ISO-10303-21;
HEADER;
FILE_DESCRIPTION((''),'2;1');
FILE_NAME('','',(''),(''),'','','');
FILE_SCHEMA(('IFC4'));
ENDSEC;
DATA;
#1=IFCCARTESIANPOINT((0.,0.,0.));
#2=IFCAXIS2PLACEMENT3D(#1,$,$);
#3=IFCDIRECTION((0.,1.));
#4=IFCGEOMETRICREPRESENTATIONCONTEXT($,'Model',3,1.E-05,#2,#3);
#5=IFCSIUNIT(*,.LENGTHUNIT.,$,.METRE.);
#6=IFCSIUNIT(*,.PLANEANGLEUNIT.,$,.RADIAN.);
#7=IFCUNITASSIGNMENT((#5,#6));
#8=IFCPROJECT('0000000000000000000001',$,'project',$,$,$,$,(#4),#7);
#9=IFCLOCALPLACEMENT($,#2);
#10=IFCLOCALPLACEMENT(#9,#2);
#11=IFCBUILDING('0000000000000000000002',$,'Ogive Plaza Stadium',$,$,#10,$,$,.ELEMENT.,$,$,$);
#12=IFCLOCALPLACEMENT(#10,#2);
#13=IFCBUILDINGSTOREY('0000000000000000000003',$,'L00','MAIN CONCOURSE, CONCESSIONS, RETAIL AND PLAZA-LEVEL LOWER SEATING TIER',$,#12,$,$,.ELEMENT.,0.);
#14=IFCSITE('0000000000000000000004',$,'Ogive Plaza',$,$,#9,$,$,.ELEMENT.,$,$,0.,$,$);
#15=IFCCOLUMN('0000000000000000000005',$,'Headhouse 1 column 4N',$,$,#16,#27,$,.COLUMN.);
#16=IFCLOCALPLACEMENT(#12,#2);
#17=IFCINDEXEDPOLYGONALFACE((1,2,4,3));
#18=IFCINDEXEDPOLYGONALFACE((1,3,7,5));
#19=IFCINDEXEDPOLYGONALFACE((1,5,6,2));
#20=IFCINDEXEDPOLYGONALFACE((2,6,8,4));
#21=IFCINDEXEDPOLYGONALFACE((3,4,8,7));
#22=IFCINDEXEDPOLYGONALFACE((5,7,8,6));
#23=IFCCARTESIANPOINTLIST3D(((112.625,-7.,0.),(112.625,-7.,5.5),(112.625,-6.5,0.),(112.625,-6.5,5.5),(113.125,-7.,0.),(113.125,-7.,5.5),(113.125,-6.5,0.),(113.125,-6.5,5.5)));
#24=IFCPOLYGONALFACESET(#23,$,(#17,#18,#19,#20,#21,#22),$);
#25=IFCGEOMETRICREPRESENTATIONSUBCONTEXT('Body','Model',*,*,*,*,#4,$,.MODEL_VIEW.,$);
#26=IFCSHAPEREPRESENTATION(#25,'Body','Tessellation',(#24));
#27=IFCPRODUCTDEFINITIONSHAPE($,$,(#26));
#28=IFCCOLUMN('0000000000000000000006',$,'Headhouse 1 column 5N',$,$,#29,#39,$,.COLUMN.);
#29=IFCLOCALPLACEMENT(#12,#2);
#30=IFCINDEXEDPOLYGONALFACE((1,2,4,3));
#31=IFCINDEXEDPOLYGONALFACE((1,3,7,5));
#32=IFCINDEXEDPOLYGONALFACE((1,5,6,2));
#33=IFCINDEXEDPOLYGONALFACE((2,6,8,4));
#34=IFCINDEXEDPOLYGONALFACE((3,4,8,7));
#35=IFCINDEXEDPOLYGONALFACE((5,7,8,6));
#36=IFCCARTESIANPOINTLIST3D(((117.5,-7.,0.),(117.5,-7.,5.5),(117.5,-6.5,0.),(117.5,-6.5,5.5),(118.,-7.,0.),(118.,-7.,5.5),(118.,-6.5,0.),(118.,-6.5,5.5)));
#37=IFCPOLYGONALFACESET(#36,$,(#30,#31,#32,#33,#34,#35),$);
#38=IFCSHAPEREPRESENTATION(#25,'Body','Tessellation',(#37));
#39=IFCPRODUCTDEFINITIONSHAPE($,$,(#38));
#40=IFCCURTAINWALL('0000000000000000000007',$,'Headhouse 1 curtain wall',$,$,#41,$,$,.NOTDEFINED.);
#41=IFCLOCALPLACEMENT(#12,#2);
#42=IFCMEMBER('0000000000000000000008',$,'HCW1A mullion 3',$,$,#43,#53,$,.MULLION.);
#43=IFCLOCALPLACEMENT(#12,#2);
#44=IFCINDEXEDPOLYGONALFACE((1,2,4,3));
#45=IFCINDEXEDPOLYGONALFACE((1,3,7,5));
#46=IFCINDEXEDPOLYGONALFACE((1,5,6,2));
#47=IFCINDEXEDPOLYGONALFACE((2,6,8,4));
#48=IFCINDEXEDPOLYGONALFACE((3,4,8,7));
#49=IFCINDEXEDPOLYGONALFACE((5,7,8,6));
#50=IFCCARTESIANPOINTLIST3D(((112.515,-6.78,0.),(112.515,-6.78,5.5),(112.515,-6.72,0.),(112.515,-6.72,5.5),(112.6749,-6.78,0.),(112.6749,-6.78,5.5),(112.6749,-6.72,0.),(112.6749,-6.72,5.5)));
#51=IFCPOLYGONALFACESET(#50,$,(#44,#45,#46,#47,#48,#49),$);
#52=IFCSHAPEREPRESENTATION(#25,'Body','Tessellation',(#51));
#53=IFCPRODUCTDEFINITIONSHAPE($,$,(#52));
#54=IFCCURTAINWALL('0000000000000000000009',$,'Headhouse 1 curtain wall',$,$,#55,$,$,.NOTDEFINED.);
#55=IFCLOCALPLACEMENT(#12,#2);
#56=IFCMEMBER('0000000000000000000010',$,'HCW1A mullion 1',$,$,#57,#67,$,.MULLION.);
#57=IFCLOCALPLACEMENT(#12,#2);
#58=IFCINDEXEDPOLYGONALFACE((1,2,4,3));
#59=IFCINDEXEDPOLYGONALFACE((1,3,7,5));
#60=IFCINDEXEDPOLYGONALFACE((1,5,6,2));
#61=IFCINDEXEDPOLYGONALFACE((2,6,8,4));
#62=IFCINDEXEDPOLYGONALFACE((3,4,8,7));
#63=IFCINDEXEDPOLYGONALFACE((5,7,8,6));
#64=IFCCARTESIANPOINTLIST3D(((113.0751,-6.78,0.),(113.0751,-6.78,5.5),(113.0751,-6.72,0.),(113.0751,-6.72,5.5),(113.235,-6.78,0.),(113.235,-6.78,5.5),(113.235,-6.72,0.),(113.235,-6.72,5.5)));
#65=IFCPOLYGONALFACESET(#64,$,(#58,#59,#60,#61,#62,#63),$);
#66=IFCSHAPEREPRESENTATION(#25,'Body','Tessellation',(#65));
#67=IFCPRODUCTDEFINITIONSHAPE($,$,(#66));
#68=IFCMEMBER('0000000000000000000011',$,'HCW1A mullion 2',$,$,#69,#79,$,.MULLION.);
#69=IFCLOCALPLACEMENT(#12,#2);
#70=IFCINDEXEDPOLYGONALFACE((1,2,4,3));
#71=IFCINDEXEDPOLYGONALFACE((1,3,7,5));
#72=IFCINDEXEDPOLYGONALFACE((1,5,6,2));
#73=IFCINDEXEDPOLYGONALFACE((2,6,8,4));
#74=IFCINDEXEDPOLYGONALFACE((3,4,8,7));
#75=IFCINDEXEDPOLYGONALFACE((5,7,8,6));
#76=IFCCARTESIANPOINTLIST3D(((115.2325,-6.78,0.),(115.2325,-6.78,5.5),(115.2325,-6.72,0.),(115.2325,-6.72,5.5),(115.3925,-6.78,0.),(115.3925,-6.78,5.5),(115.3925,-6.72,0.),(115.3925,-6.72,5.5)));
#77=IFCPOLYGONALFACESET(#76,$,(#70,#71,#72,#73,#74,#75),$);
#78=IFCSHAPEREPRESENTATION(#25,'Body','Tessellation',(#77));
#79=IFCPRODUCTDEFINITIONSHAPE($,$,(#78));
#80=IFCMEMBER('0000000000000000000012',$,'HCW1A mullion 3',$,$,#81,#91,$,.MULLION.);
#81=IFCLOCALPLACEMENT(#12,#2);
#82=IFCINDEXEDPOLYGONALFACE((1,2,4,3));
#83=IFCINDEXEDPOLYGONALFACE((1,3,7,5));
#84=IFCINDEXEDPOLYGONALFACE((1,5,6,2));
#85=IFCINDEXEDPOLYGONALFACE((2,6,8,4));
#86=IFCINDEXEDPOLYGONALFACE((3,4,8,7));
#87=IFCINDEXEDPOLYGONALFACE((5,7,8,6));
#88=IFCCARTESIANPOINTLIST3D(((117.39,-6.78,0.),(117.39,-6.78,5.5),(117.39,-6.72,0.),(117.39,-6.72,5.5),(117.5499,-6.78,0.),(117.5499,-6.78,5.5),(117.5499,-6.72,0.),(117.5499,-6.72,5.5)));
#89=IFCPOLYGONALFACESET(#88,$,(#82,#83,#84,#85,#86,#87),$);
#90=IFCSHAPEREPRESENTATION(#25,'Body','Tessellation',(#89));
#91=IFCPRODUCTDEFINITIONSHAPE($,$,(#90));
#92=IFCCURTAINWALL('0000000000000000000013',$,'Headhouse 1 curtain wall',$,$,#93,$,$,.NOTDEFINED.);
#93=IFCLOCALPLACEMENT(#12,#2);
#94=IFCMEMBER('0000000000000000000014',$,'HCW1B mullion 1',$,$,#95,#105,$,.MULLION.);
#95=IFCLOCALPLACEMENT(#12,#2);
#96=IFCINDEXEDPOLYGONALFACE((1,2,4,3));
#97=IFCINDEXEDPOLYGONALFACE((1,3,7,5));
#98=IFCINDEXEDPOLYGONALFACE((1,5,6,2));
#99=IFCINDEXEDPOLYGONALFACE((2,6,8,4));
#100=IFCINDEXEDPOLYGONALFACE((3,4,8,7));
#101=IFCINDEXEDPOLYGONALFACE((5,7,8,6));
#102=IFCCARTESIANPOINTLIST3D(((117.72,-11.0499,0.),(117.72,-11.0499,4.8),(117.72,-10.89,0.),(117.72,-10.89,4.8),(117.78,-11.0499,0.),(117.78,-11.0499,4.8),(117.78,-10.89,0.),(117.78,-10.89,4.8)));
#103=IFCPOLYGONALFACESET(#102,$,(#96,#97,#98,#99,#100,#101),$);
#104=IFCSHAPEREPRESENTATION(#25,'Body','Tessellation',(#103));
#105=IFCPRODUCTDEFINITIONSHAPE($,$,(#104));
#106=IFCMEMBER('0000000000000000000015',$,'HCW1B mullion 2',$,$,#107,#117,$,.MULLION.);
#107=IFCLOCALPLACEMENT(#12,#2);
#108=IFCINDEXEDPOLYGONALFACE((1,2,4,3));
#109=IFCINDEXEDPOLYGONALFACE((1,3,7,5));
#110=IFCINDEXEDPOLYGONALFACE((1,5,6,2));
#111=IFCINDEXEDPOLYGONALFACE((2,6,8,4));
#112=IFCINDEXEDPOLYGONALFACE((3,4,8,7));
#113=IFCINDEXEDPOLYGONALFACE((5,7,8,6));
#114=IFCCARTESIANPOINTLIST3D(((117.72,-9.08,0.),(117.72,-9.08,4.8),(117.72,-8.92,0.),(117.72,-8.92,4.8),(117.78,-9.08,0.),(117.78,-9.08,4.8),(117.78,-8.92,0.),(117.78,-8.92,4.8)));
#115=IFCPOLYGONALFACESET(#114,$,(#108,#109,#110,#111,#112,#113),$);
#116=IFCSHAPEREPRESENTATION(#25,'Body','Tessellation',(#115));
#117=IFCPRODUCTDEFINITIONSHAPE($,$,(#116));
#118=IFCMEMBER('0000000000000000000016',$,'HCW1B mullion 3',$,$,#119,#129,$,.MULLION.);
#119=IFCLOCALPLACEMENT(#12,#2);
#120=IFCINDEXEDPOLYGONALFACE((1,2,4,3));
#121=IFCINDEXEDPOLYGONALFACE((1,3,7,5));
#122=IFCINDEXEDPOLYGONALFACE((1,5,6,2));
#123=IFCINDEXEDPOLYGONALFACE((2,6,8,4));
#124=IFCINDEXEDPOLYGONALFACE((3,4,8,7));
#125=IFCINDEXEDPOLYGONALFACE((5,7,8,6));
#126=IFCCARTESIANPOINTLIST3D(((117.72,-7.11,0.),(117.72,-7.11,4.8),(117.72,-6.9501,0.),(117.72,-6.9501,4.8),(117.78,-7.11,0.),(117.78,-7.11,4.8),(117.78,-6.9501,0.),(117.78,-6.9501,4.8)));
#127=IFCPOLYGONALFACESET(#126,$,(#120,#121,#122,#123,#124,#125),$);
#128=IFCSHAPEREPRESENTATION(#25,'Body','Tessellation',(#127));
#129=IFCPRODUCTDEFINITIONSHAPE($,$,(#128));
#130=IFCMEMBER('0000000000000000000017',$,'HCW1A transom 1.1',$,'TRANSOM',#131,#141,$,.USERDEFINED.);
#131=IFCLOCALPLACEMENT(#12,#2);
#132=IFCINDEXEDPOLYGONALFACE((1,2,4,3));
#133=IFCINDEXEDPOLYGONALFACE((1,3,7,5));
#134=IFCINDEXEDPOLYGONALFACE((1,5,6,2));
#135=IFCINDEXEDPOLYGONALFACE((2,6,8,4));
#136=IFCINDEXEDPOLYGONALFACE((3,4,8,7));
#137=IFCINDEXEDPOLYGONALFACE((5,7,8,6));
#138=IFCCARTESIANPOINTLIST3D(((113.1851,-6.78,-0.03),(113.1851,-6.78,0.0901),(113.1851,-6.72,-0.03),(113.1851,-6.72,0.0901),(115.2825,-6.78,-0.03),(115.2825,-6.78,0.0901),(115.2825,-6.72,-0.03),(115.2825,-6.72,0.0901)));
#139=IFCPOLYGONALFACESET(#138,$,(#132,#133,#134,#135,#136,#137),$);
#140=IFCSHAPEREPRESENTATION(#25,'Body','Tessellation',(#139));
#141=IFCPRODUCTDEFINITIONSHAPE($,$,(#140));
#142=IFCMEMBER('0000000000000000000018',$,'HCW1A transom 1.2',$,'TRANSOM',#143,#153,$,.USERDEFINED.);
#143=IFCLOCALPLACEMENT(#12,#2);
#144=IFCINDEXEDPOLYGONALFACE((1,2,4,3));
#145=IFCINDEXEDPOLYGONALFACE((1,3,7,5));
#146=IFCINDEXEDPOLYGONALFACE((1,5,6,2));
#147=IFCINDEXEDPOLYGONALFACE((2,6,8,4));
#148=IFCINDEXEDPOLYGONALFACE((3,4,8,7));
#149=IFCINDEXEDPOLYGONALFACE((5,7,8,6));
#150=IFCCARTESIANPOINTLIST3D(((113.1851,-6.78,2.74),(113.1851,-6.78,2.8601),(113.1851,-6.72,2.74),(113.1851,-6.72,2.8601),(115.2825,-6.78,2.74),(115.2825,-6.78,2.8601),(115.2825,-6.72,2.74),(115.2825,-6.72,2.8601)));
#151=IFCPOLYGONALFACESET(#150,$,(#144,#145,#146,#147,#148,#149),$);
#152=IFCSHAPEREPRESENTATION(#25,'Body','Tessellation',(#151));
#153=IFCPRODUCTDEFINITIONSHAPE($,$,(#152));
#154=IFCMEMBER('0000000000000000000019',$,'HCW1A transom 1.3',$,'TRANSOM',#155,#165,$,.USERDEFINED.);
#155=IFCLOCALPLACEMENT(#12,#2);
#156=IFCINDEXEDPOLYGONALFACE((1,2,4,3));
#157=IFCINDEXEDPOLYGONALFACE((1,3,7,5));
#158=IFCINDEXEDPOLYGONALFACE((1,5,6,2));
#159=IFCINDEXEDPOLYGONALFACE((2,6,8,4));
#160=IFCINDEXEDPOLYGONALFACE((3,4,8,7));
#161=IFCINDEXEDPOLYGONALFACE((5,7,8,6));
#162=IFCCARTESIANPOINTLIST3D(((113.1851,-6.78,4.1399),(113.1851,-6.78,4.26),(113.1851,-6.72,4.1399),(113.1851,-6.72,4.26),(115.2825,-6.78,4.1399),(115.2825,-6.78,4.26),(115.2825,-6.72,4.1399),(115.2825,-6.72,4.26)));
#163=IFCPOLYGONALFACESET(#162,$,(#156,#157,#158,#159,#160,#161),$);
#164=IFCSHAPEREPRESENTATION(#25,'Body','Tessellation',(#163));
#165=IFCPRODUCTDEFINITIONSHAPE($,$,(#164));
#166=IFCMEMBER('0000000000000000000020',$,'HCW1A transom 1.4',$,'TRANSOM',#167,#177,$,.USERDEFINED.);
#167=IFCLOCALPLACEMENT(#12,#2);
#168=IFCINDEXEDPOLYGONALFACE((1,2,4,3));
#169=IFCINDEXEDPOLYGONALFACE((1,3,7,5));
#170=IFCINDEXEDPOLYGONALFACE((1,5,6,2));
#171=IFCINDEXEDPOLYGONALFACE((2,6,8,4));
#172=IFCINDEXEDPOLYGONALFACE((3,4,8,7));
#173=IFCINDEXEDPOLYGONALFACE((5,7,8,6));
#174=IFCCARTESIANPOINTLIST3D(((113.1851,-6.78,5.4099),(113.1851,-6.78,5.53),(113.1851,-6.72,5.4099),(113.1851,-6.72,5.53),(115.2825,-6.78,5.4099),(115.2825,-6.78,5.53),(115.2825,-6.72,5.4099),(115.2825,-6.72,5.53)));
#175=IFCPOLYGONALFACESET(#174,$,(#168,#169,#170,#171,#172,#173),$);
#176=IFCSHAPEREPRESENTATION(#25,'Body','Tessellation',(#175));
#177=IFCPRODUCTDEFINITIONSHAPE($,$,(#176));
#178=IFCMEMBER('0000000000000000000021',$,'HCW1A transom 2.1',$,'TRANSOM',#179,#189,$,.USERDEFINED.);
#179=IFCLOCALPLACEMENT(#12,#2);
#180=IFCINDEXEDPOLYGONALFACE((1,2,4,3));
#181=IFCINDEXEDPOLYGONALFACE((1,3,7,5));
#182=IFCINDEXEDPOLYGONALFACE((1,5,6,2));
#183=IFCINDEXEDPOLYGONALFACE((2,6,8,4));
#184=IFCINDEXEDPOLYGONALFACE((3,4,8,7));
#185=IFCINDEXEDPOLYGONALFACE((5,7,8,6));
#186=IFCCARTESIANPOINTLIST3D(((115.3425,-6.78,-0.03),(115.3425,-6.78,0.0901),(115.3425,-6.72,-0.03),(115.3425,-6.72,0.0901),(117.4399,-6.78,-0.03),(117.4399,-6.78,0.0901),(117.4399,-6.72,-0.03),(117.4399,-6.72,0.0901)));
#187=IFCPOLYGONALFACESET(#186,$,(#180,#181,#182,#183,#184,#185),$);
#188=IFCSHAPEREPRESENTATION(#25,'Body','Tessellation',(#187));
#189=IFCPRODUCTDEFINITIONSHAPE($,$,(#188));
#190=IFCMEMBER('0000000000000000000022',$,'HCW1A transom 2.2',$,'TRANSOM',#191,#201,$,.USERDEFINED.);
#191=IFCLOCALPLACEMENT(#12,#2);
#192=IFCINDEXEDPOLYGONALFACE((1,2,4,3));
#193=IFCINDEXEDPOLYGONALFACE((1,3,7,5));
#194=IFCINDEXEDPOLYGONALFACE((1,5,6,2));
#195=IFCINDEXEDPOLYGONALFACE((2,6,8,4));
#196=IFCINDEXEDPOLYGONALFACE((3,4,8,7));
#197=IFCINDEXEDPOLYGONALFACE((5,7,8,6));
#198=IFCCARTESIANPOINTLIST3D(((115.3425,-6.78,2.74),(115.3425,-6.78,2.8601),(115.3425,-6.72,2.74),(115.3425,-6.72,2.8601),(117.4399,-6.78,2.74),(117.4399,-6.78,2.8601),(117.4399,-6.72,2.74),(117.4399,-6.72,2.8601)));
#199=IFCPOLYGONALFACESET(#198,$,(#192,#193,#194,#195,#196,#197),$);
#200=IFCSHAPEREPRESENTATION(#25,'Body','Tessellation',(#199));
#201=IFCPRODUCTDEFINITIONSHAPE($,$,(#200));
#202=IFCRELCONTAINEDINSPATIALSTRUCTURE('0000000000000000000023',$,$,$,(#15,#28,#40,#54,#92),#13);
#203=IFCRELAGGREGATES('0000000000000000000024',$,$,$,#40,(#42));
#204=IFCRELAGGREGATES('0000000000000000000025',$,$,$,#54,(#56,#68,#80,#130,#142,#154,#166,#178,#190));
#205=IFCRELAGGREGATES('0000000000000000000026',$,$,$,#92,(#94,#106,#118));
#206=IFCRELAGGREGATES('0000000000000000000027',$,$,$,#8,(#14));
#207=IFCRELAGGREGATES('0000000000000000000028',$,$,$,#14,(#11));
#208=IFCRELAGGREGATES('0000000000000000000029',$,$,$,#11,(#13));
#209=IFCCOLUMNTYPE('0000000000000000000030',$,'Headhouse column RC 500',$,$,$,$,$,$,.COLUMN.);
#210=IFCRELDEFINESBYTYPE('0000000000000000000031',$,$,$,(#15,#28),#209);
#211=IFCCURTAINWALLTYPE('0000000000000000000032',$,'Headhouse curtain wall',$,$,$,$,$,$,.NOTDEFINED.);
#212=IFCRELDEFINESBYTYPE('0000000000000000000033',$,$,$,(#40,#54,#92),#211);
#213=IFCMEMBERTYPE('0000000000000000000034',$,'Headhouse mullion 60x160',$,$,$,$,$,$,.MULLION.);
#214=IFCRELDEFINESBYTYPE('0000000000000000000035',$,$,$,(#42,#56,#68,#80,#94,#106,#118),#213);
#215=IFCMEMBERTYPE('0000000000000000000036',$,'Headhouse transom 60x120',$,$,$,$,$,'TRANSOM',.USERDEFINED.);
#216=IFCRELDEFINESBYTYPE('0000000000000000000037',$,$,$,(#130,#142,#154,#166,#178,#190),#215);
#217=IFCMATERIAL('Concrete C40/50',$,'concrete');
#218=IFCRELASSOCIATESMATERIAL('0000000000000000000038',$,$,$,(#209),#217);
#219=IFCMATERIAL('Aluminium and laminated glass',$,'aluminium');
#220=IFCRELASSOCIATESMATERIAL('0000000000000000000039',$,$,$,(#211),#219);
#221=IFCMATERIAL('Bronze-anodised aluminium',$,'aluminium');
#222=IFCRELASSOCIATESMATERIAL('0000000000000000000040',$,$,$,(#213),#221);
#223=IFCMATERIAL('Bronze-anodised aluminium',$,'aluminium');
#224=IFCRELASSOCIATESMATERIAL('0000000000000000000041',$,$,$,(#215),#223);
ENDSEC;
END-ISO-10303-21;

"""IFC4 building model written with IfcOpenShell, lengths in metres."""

from ifc_helpers import new_model, si_unit, direction, frame, origin, origin_2d, place, context, subcontext, project, spatial, rectangle, extrude, material, material_profile, profile_set, type_object, element, aggregate, save


model = new_model("IFC4")

# Units and contexts
model_context = context("Model", 3, precision=1e-05, world=origin(), true_north=direction((0.0, 1.0)))
body_context = subcontext(model_context, "Body", "Model", "MODEL_VIEW")
ifc_project = project(units=[si_unit("LENGTHUNIT", "METRE"), si_unit("PLANEANGLEUNIT", "RADIAN")], contexts=[model_context])

# Site, building, storey
site_placement = place(None, origin())
site = spatial("IfcSite", under=ifc_project, at=site_placement, Name="Ogive Plaza", CompositionType="ELEMENT", RefElevation=0.0)
building_placement = place(site_placement, origin())
building = spatial("IfcBuilding", under=site, at=building_placement, Name="Ogive Plaza Stadium", CompositionType="ELEMENT")
storey_placement = place(building_placement, origin())
storey = spatial("IfcBuildingStorey", under=building, at=storey_placement, Name="L00", Description="MAIN CONCOURSE, CONCESSIONS, RETAIL AND PLAZA-LEVEL LOWER SEATING TIER", CompositionType="ELEMENT", Elevation=0.0)

# Columns
ifc_material_1 = material(Name="Concrete C40/50", Category="concrete")
ifc_material_profile_1 = material_profile(ifc_material_1, rectangle(XDim=0.5, YDim=0.5, at=origin_2d()), Name="Headhouse column RC 500")
ifc_profile_set_1 = profile_set([ifc_material_profile_1], Name="Concrete C40/50")
column_type = type_object("IfcColumnType", Name="Headhouse column RC 500", PredefinedType="COLUMN", material=ifc_profile_set_1)
for number, where, z_axis, x_axis, name in (
    (1, (112.875, -6.75, 0.0), (0.0, 0.0, 1.0), (1.0, 0.0, 0.0), "Headhouse 1 column 4N"),
    (2, (117.75, -6.75, 0.0), (0.0, 0.0, 1.0), (1.0, 0.0, 0.0), "Headhouse 1 column 5N"),
):
    element("IfcColumn", number, at=place(storey_placement, frame(where, z_axis=z_axis, x_axis=x_axis)), inside=storey, type_object=column_type, Name=name, PredefinedType="COLUMN", context=body_context, shape_type="SweptSolid", body=[
        extrude(rectangle(XDim=0.5, YDim=0.5, at=origin_2d()), origin(), (0.0, 0.0, 1.0), 5.5),
    ])

# Curtain wall, member
ifc_material_2 = material(Name="Aluminium and laminated glass", Category="aluminium")
curtain_wall_type = type_object("IfcCurtainWallType", Name="Headhouse curtain wall", PredefinedType="NOTDEFINED", material=ifc_material_2)
curtain_wall_1_placement = place(storey_placement, origin())
curtain_wall_1 = element("IfcCurtainWall", 3, at=curtain_wall_1_placement, inside=storey, type_object=curtain_wall_type, Name="Headhouse 1 curtain wall", PredefinedType="NOTDEFINED")
ifc_material_3 = material(Name="Bronze-anodised aluminium", Category="aluminium")
ifc_material_profile_2 = material_profile(ifc_material_3, rectangle(XDim=0.0601, YDim=0.1599, at=origin_2d()), Name="Headhouse mullion 60x160")
ifc_profile_set_2 = profile_set([ifc_material_profile_2], Name="Bronze-anodised aluminium")
member_type_1 = type_object("IfcMemberType", Name="Headhouse mullion 60x160", PredefinedType="MULLION", material=ifc_profile_set_2)
member_1_placement = place(storey_placement, frame((112.595, -6.75, 0.0), z_axis=(0.0, 0.0, 1.0), x_axis=(0.0, 1.0, 0.0)))
member_1 = element("IfcMember", 4, at=member_1_placement, type_object=member_type_1, Name="HCW1A mullion 3", PredefinedType="MULLION", context=body_context, shape_type="SweptSolid", body=[
    extrude(rectangle(XDim=0.0601, YDim=0.1599, at=origin_2d()), origin(), (0.0, 0.0, 1.0), 5.5),
])

# Curtain walls, members
curtain_wall_2_placement = place(storey_placement, origin())
curtain_wall_2 = element("IfcCurtainWall", 5, at=curtain_wall_2_placement, inside=storey, type_object=curtain_wall_type, Name="Headhouse 1 curtain wall", PredefinedType="NOTDEFINED")
member_2_placement = place(storey_placement, frame((113.155, -6.75, 0.0), z_axis=(0.0, 0.0, 1.0), x_axis=(0.0, 1.0, 0.0)))
member_2 = element("IfcMember", 6, at=member_2_placement, type_object=member_type_1, Name="HCW1A mullion 1", PredefinedType="MULLION", context=body_context, shape_type="SweptSolid", body=[
    extrude(rectangle(XDim=0.0601, YDim=0.1599, at=origin_2d()), origin(), (0.0, 0.0, 1.0), 5.5),
])
member_3_placement = place(storey_placement, frame((115.3125, -6.75, 0.0), z_axis=(0.0, 0.0, 1.0), x_axis=(0.0, 1.0, 0.0)))
member_3 = element("IfcMember", 7, at=member_3_placement, type_object=member_type_1, Name="HCW1A mullion 2", PredefinedType="MULLION", context=body_context, shape_type="SweptSolid", body=[
    extrude(rectangle(XDim=0.0601, YDim=0.1599, at=origin_2d()), origin(), (0.0, 0.0, 1.0), 5.5),
])
member_4_placement = place(storey_placement, frame((117.47, -6.75, 0.0), z_axis=(0.0, 0.0, 1.0), x_axis=(0.0, 1.0, 0.0)))
member_4 = element("IfcMember", 8, at=member_4_placement, type_object=member_type_1, Name="HCW1A mullion 3", PredefinedType="MULLION", context=body_context, shape_type="SweptSolid", body=[
    extrude(rectangle(XDim=0.0601, YDim=0.1599, at=origin_2d()), origin(), (0.0, 0.0, 1.0), 5.5),
])
curtain_wall_3_placement = place(storey_placement, origin())
curtain_wall_3 = element("IfcCurtainWall", 9, at=curtain_wall_3_placement, inside=storey, type_object=curtain_wall_type, Name="Headhouse 1 curtain wall", PredefinedType="NOTDEFINED")
member_5_placement = place(storey_placement, frame((117.75, -10.97, 0.0), z_axis=(0.0, 0.0, 1.0), x_axis=(-1.0, 0.0, 0.0)))
member_5 = element("IfcMember", 10, at=member_5_placement, type_object=member_type_1, Name="HCW1B mullion 1", PredefinedType="MULLION", context=body_context, shape_type="SweptSolid", body=[
    extrude(rectangle(XDim=0.0601, YDim=0.1599, at=origin_2d()), origin(), (0.0, 0.0, 1.0), 4.8),
])
member_6_placement = place(storey_placement, frame((117.75, -9.0, 0.0), z_axis=(0.0, 0.0, 1.0), x_axis=(-1.0, 0.0, 0.0)))
member_6 = element("IfcMember", 11, at=member_6_placement, type_object=member_type_1, Name="HCW1B mullion 2", PredefinedType="MULLION", context=body_context, shape_type="SweptSolid", body=[
    extrude(rectangle(XDim=0.0601, YDim=0.1599, at=origin_2d()), origin(), (0.0, 0.0, 1.0), 4.8),
])
member_7_placement = place(storey_placement, frame((117.75, -7.03, 0.0), z_axis=(0.0, 0.0, 1.0), x_axis=(-1.0, 0.0, 0.0)))
member_7 = element("IfcMember", 12, at=member_7_placement, type_object=member_type_1, Name="HCW1B mullion 3", PredefinedType="MULLION", context=body_context, shape_type="SweptSolid", body=[
    extrude(rectangle(XDim=0.0601, YDim=0.1599, at=origin_2d()), origin(), (0.0, 0.0, 1.0), 4.8),
])

# Members
ifc_material_4 = material(Name="Bronze-anodised aluminium", Category="aluminium")
ifc_material_profile_3 = material_profile(ifc_material_4, rectangle(XDim=0.0601, YDim=0.1201, at=origin_2d()), Name="Headhouse transom 60x120")
ifc_profile_set_3 = profile_set([ifc_material_profile_3], Name="Bronze-anodised aluminium")
member_type_2 = type_object("IfcMemberType", Name="Headhouse transom 60x120", ElementType="TRANSOM", PredefinedType="USERDEFINED", material=ifc_profile_set_3)
member_8_placement = place(storey_placement, frame((113.1851, -6.75, 0.03), z_axis=(1.0, 0.0, 0.0), x_axis=(0.0, 1.0, 0.0)))
member_8 = element("IfcMember", 13, at=member_8_placement, type_object=member_type_2, Name="HCW1A transom 1.1", ObjectType="TRANSOM", PredefinedType="USERDEFINED", context=body_context, shape_type="SweptSolid", body=[
    extrude(rectangle(XDim=0.0601, YDim=0.1201, at=origin_2d()), origin(), (0.0, 0.0, 1.0), 2.0974),
])
member_9_placement = place(storey_placement, frame((113.1851, -6.75, 2.8), z_axis=(1.0, 0.0, 0.0), x_axis=(0.0, 1.0, 0.0)))
member_9 = element("IfcMember", 14, at=member_9_placement, type_object=member_type_2, Name="HCW1A transom 1.2", ObjectType="TRANSOM", PredefinedType="USERDEFINED", context=body_context, shape_type="SweptSolid", body=[
    extrude(rectangle(XDim=0.0601, YDim=0.1201, at=origin_2d()), origin(), (0.0, 0.0, 1.0), 2.0974),
])
member_10_placement = place(storey_placement, frame((113.1851, -6.75, 4.2), z_axis=(1.0, 0.0, 0.0), x_axis=(0.0, 1.0, 0.0)))
member_10 = element("IfcMember", 15, at=member_10_placement, type_object=member_type_2, Name="HCW1A transom 1.3", ObjectType="TRANSOM", PredefinedType="USERDEFINED", context=body_context, shape_type="SweptSolid", body=[
    extrude(rectangle(XDim=0.0601, YDim=0.1201, at=origin_2d()), origin(), (0.0, 0.0, 1.0), 2.0974),
])
member_11_placement = place(storey_placement, frame((113.1851, -6.75, 5.47), z_axis=(1.0, 0.0, 0.0), x_axis=(0.0, 1.0, 0.0)))
member_11 = element("IfcMember", 16, at=member_11_placement, type_object=member_type_2, Name="HCW1A transom 1.4", ObjectType="TRANSOM", PredefinedType="USERDEFINED", context=body_context, shape_type="SweptSolid", body=[
    extrude(rectangle(XDim=0.0601, YDim=0.1201, at=origin_2d()), origin(), (0.0, 0.0, 1.0), 2.0974),
])
member_12_placement = place(storey_placement, frame((115.3425, -6.75, 0.03), z_axis=(1.0, 0.0, 0.0), x_axis=(0.0, 1.0, 0.0)))
member_12 = element("IfcMember", 17, at=member_12_placement, type_object=member_type_2, Name="HCW1A transom 2.1", ObjectType="TRANSOM", PredefinedType="USERDEFINED", context=body_context, shape_type="SweptSolid", body=[
    extrude(rectangle(XDim=0.0601, YDim=0.1201, at=origin_2d()), origin(), (0.0, 0.0, 1.0), 2.0974),
])
member_13_placement = place(storey_placement, frame((115.3425, -6.75, 2.8), z_axis=(1.0, 0.0, 0.0), x_axis=(0.0, 1.0, 0.0)))
member_13 = element("IfcMember", 18, at=member_13_placement, type_object=member_type_2, Name="HCW1A transom 2.2", ObjectType="TRANSOM", PredefinedType="USERDEFINED", context=body_context, shape_type="SweptSolid", body=[
    extrude(rectangle(XDim=0.0601, YDim=0.1201, at=origin_2d()), origin(), (0.0, 0.0, 1.0), 2.0974),
])

aggregate(curtain_wall_1, [member_1])
aggregate(curtain_wall_2, [member_2, member_3, member_4, member_8, member_9, member_10, member_11, member_12, member_13])
aggregate(curtain_wall_3, [member_5, member_6, member_7])

save(model, "model.ifc")
